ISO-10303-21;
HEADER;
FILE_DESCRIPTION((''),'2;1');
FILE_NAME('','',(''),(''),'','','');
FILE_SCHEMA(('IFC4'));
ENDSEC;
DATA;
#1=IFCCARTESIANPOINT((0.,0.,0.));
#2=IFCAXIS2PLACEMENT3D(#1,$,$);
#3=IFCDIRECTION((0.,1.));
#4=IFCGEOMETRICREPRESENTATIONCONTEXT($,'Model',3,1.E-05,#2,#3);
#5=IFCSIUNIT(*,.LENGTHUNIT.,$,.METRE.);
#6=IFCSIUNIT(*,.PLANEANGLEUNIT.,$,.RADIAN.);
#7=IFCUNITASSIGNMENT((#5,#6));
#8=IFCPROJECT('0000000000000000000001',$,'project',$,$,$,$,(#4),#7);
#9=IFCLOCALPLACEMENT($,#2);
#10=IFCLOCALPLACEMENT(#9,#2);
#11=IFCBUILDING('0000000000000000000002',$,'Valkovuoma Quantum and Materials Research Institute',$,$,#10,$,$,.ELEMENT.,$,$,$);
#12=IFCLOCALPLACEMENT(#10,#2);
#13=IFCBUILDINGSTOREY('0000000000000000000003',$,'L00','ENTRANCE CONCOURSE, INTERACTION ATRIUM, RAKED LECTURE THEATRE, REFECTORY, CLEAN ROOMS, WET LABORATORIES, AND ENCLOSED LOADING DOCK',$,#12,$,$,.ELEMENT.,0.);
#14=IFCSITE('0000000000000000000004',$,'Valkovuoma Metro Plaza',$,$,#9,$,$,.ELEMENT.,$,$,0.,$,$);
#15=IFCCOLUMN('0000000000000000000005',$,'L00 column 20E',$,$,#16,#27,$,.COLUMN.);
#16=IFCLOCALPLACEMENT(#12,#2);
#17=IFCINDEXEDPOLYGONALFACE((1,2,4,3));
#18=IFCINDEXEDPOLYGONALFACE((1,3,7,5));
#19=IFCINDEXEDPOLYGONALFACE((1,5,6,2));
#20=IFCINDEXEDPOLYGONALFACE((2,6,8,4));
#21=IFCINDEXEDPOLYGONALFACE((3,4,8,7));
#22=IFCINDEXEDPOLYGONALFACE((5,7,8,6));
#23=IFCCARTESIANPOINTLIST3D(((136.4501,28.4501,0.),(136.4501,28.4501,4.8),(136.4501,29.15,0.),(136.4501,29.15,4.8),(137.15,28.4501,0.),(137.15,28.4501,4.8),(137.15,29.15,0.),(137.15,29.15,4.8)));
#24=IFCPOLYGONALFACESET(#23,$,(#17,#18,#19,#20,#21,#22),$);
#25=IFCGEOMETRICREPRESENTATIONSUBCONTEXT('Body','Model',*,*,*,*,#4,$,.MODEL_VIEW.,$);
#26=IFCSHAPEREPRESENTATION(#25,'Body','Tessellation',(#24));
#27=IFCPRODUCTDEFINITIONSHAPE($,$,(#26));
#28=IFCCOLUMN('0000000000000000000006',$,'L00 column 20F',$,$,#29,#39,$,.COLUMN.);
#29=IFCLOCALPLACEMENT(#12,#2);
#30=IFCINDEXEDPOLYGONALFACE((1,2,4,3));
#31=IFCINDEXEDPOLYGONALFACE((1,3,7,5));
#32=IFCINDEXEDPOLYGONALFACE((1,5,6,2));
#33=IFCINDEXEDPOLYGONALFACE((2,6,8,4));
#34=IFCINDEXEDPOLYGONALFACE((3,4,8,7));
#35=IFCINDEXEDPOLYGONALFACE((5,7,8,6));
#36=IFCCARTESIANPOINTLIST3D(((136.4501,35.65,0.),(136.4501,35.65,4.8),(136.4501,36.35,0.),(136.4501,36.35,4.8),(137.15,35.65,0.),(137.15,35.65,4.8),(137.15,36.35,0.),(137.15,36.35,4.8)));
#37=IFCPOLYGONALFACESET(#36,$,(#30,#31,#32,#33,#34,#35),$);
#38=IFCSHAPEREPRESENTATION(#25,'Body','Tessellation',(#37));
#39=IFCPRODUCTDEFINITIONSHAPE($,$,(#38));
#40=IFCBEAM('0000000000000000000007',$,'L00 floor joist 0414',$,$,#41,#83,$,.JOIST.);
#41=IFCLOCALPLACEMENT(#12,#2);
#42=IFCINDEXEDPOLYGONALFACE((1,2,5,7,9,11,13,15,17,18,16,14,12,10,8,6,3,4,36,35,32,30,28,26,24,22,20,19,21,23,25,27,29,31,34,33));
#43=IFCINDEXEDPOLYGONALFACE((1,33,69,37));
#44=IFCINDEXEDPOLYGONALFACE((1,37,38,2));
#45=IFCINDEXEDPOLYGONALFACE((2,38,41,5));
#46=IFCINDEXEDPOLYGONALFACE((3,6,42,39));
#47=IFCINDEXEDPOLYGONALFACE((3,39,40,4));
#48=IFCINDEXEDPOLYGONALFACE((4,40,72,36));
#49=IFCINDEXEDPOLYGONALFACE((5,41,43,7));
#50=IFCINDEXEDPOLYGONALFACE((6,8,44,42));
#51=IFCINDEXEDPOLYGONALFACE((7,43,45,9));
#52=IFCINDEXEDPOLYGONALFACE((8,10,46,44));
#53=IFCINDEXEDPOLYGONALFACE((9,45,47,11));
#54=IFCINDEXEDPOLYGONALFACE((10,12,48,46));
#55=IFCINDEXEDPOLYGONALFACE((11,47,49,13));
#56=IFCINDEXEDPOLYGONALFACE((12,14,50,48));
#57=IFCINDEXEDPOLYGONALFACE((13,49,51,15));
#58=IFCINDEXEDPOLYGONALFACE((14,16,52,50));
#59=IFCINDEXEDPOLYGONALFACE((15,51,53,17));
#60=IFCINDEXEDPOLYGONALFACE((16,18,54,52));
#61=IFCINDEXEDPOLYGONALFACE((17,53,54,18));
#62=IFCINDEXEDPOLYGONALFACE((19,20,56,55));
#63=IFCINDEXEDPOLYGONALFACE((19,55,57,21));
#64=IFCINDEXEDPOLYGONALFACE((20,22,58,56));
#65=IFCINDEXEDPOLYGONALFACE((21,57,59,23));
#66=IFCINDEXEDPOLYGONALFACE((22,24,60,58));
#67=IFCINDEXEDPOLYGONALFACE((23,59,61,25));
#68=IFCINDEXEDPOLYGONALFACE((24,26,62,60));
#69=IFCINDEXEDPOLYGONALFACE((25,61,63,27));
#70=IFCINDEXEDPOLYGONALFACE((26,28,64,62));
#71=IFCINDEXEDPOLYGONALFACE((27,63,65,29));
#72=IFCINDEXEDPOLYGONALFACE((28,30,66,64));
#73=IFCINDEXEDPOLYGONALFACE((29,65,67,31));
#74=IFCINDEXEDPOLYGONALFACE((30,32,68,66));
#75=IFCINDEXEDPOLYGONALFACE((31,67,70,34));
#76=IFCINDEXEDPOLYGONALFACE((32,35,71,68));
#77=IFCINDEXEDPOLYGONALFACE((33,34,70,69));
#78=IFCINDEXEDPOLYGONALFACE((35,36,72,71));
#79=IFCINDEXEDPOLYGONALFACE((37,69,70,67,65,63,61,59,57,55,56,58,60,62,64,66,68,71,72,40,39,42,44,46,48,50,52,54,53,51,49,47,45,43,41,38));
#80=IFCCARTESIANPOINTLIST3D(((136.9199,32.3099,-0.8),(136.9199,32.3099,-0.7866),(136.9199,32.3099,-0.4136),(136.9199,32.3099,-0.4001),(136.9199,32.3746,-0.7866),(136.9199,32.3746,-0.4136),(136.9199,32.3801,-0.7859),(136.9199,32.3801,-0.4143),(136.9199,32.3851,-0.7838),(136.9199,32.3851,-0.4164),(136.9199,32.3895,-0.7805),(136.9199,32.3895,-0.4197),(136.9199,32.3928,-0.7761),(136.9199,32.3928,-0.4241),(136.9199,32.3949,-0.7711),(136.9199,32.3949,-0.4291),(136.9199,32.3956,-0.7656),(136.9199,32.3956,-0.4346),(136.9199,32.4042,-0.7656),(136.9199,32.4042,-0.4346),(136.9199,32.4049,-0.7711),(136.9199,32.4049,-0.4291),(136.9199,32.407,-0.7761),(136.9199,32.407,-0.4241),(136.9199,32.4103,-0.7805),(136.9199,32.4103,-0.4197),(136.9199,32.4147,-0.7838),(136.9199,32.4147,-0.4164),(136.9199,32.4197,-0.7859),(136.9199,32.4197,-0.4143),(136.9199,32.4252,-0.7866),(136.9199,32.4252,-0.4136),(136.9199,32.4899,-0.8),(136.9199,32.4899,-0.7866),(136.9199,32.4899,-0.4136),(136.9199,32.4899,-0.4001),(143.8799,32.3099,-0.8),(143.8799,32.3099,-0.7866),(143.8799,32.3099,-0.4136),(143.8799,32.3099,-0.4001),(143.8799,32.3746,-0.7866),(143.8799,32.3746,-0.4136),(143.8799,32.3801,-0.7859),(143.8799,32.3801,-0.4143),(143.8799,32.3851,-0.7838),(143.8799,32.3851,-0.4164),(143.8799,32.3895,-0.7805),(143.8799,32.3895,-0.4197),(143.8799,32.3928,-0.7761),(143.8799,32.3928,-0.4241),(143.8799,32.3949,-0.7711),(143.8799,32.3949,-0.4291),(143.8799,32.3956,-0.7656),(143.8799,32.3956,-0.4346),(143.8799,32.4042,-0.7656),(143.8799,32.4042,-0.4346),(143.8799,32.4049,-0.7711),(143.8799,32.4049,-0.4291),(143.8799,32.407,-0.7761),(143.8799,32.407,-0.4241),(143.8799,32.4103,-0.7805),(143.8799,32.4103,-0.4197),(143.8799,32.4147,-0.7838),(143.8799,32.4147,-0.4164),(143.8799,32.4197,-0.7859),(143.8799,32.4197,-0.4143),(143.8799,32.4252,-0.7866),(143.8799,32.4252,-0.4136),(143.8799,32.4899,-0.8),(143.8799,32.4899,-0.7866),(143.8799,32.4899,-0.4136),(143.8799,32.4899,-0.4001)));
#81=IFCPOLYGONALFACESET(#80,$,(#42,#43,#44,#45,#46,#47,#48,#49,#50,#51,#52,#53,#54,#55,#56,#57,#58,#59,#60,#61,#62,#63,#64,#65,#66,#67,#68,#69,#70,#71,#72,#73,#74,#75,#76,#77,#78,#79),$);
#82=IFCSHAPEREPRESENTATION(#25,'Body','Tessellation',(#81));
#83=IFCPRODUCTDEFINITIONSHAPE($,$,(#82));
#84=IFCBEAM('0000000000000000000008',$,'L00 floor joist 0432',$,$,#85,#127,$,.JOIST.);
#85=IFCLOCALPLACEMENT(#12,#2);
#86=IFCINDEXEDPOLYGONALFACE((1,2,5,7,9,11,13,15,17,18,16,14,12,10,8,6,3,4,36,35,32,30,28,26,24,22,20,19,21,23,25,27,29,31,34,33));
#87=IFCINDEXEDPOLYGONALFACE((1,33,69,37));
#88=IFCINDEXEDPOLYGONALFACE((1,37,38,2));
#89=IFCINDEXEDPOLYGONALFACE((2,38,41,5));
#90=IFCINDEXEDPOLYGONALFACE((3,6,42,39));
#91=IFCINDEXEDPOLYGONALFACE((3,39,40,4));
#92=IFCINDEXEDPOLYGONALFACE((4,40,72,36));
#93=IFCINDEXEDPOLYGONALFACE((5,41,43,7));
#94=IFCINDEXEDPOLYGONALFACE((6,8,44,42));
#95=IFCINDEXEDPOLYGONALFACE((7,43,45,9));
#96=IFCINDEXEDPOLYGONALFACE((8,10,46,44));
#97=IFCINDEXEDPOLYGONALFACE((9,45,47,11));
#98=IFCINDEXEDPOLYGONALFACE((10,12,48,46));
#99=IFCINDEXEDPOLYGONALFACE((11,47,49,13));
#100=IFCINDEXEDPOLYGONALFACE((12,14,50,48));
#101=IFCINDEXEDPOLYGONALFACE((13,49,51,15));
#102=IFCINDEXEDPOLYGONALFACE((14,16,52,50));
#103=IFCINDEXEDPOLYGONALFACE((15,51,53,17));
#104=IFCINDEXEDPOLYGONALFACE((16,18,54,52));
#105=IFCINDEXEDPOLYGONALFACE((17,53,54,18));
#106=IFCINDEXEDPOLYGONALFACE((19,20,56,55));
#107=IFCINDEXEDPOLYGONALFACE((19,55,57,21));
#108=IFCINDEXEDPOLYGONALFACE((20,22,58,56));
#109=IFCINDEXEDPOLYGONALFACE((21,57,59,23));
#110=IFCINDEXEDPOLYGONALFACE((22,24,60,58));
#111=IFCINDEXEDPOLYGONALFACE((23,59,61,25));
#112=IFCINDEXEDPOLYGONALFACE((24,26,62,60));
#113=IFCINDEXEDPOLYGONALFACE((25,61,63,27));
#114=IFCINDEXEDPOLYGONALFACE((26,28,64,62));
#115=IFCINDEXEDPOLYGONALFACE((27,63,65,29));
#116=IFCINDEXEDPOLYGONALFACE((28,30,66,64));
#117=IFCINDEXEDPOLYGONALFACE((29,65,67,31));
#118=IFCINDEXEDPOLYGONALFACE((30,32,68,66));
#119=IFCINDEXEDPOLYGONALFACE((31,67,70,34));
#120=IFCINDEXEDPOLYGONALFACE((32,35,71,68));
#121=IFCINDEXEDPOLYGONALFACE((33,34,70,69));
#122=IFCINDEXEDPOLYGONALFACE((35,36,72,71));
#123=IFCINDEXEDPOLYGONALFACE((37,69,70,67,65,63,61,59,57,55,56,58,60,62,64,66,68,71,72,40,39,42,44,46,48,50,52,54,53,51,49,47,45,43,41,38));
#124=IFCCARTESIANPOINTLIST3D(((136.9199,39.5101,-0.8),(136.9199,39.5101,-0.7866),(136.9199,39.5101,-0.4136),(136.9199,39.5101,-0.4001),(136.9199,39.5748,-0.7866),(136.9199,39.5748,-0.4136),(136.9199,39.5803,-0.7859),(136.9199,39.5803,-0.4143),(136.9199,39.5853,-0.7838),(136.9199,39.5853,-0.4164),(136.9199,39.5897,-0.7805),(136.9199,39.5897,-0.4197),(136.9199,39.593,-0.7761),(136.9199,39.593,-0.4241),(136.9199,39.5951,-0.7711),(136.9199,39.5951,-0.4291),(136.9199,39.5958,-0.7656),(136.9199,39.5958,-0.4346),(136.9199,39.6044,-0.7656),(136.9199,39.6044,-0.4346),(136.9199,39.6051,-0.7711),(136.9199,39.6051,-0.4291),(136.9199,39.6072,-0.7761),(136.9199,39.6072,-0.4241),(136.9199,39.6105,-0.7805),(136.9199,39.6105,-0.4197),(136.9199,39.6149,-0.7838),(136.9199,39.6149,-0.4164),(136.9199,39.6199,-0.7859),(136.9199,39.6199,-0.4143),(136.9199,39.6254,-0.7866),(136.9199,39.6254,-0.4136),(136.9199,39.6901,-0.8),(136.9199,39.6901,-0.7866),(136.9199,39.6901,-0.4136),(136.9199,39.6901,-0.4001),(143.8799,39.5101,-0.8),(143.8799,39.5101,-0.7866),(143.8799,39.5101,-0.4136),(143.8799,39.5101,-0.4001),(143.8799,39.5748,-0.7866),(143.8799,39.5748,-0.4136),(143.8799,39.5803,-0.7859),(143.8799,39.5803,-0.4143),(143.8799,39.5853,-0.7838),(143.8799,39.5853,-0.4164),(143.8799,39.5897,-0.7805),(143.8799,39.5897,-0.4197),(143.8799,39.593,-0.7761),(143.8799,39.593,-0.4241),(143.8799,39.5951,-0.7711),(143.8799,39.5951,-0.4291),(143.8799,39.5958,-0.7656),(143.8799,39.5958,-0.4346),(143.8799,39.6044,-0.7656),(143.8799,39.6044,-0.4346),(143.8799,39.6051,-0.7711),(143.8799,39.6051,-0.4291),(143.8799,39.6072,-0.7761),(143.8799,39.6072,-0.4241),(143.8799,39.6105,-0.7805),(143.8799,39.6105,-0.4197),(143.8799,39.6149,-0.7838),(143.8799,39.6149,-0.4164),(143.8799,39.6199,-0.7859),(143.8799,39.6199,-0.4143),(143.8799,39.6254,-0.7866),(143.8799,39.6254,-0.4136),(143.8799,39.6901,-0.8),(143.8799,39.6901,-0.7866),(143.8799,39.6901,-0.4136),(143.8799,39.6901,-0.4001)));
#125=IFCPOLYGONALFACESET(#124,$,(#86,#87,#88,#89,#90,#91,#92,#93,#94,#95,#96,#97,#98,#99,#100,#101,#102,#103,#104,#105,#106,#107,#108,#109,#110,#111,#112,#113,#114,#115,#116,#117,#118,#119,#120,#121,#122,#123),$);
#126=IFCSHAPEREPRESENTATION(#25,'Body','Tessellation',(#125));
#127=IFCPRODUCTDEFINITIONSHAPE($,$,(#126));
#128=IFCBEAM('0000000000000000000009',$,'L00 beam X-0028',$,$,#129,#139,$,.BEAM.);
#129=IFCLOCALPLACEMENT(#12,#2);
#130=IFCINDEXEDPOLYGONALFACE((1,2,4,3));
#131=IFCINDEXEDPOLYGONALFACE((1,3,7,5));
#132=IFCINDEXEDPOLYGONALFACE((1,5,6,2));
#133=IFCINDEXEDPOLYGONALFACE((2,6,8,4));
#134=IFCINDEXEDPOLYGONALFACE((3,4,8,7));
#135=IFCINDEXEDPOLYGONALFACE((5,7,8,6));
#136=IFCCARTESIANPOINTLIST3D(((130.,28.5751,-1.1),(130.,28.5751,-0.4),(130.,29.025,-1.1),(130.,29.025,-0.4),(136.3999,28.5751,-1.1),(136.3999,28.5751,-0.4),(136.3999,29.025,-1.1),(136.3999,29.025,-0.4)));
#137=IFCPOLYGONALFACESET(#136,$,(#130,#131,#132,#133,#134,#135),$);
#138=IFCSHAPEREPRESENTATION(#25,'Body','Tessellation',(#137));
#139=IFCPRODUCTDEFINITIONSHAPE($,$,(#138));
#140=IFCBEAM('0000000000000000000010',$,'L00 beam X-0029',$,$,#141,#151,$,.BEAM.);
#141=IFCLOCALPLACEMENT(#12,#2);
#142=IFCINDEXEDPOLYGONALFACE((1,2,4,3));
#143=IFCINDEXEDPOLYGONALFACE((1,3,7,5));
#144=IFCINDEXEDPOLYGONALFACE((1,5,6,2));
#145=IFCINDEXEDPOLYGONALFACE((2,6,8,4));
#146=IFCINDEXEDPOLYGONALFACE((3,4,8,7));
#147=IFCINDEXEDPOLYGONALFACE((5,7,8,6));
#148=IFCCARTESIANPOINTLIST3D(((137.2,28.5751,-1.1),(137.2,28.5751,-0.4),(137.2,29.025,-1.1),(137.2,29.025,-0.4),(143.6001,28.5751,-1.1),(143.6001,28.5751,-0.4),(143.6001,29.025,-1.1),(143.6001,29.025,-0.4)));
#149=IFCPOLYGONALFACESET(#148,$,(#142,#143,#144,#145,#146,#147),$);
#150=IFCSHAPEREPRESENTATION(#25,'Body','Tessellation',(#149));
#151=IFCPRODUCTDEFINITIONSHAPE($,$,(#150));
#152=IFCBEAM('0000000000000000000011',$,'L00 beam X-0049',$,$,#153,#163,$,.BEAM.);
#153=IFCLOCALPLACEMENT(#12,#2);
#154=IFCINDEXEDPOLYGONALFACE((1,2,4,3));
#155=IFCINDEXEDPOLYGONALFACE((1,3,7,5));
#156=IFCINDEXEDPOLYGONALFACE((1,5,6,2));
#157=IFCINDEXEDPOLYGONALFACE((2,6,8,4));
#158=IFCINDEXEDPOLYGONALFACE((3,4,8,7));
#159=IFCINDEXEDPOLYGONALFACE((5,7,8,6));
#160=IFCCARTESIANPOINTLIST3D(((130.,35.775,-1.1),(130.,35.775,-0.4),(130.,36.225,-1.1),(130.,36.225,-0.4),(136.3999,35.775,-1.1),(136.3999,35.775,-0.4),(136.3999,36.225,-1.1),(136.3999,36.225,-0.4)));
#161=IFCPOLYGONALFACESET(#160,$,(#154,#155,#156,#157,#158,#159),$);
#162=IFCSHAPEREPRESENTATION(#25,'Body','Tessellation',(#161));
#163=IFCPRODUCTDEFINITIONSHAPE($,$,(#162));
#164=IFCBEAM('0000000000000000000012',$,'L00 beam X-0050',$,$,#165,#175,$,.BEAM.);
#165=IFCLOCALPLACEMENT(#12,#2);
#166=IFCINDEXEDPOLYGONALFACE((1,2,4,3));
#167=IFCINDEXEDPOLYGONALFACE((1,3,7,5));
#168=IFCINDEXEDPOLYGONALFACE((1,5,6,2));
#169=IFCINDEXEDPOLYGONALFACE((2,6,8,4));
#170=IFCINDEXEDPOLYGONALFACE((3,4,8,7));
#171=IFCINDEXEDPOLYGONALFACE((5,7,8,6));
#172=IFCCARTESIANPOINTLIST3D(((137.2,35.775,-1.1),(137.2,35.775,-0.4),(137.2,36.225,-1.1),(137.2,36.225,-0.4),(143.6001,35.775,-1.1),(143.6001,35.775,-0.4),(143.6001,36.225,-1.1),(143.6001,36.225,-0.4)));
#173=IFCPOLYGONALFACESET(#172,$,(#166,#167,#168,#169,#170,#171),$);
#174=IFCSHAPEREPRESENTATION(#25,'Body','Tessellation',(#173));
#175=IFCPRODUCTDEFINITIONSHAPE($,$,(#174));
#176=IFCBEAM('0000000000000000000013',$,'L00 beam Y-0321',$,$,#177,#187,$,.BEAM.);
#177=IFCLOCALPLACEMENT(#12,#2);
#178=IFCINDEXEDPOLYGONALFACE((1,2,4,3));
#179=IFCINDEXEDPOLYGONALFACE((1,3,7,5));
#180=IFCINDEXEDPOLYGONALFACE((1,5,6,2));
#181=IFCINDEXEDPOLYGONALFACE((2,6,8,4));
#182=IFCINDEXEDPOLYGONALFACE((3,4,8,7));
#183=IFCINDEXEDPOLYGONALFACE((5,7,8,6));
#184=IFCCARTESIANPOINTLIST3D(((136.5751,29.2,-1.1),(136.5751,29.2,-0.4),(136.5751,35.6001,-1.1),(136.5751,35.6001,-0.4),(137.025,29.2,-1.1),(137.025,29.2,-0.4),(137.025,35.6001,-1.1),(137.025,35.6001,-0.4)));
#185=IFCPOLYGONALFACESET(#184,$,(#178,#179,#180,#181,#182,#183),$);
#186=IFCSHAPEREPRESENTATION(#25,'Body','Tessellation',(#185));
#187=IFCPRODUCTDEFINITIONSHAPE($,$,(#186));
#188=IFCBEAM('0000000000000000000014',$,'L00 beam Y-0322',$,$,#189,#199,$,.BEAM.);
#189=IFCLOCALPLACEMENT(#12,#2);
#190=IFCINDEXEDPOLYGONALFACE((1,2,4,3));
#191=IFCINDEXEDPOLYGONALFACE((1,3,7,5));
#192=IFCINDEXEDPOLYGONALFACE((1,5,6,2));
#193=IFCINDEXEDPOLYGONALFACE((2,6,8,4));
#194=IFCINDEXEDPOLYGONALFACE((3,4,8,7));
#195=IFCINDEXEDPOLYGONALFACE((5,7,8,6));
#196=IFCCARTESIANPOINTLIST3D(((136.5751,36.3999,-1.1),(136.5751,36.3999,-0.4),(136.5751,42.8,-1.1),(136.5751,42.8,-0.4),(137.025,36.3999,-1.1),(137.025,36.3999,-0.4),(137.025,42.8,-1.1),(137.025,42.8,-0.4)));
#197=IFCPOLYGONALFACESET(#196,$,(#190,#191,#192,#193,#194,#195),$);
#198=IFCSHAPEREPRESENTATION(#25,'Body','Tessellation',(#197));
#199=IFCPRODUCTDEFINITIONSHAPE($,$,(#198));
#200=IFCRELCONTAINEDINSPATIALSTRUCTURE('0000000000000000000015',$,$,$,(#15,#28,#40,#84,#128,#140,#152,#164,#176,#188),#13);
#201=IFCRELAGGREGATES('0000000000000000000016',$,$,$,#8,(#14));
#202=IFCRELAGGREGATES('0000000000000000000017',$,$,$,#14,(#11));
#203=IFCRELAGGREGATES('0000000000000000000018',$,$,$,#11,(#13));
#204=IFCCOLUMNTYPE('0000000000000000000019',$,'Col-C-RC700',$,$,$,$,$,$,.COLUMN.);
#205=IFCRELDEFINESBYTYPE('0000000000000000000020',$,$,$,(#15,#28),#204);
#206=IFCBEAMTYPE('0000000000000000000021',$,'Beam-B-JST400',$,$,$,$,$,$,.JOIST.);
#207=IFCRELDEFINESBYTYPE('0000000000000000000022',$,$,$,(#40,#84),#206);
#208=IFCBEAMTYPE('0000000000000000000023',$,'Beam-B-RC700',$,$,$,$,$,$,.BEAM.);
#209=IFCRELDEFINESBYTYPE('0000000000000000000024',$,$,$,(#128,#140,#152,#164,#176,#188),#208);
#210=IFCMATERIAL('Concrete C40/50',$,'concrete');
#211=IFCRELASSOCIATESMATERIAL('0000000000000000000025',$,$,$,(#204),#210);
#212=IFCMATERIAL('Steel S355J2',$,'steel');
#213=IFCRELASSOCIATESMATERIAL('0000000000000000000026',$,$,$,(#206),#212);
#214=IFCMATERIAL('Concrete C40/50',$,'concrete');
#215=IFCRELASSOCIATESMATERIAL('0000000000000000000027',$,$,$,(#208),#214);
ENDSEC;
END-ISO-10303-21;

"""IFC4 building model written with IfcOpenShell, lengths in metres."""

from ifc_helpers import new_model, si_unit, direction, frame, origin, origin_2d, place, context, subcontext, project, spatial, rectangle, i_section, extrude, material, material_profile, profile_set, type_object, element, save


model = new_model("IFC4")

# Units and contexts
model_context = context("Model", 3, precision=1e-05, world=origin(), true_north=direction((0.0, 1.0)))
body_context = subcontext(model_context, "Body", "Model", "MODEL_VIEW")
ifc_project = project(units=[si_unit("LENGTHUNIT", "METRE"), si_unit("PLANEANGLEUNIT", "RADIAN")], contexts=[model_context])

# Site, building, storey
site_placement = place(None, origin())
site = spatial("IfcSite", under=ifc_project, at=site_placement, Name="Valkovuoma Metro Plaza", CompositionType="ELEMENT", RefElevation=0.0)
building_placement = place(site_placement, origin())
building = spatial("IfcBuilding", under=site, at=building_placement, Name="Valkovuoma Quantum and Materials Research Institute", CompositionType="ELEMENT")
storey_placement = place(building_placement, origin())
storey = spatial("IfcBuildingStorey", under=building, at=storey_placement, Name="L00", Description="ENTRANCE CONCOURSE, INTERACTION ATRIUM, RAKED LECTURE THEATRE, REFECTORY, CLEAN ROOMS, WET LABORATORIES, AND ENCLOSED LOADING DOCK", CompositionType="ELEMENT", Elevation=0.0)

# Columns
ifc_material_1 = material(Name="Concrete C40/50", Category="concrete")
ifc_material_profile_1 = material_profile(ifc_material_1, rectangle(XDim=0.7, YDim=0.7, at=origin_2d()), Name="Concrete C40/50")
ifc_profile_set_1 = profile_set([ifc_material_profile_1], Name="Concrete C40/50")
column_type = type_object("IfcColumnType", Name="Col-C-RC700", PredefinedType="COLUMN", material=ifc_profile_set_1)
for number, where, z_axis, x_axis, name in (
    (1, (136.8, 28.8, 0.0), (0.0, 0.0, 1.0), (1.0, 0.0, 0.0), "L00 column 20E"),
    (2, (136.8, 36.0, 0.0), (0.0, 0.0, 1.0), (1.0, 0.0, 0.0), "L00 column 20F"),
):
    element("IfcColumn", number, at=place(storey_placement, frame(where, z_axis=z_axis, x_axis=x_axis)), inside=storey, type_object=column_type, Name=name, PredefinedType="COLUMN", context=body_context, shape_type="SweptSolid", body=[
        extrude(rectangle(XDim=0.7, YDim=0.7, at=origin_2d()), origin(), (0.0, 0.0, 1.0), 4.8),
    ])

# Beams
ifc_material_2 = material(Name="Steel S355J2", Category="steel")
ifc_material_profile_2 = material_profile(ifc_material_2, i_section(OverallWidth=0.1799, OverallDepth=0.3999, WebThickness=0.0085, FlangeThickness=0.0134, FilletRadius=0.021, at=origin_2d()), Name="Steel S355J2")
ifc_profile_set_2 = profile_set([ifc_material_profile_2], Name="Steel S355J2")
beam_type_1 = type_object("IfcBeamType", Name="Beam-B-JST400", PredefinedType="JOIST", material=ifc_profile_set_2)
for number, where, z_axis, x_axis, name in (
    (3, (136.9199, 32.3999, -0.6001), (1.0, 0.0, 0.0), (0.0, 1.0, 0.0), "L00 floor joist 0414"),
    (4, (136.9199, 39.6001, -0.6001), (1.0, 0.0, 0.0), (0.0, 1.0, 0.0), "L00 floor joist 0432"),
):
    element("IfcBeam", number, at=place(storey_placement, frame(where, z_axis=z_axis, x_axis=x_axis)), inside=storey, type_object=beam_type_1, Name=name, PredefinedType="JOIST", context=body_context, shape_type="SweptSolid", body=[
        extrude(i_section(OverallWidth=0.1799, OverallDepth=0.3999, WebThickness=0.0085, FlangeThickness=0.0134, FilletRadius=0.021, at=origin_2d()), origin(), (0.0, 0.0, 1.0), 6.96),
    ])
ifc_material_3 = material(Name="Concrete C40/50", Category="concrete")
ifc_material_profile_3 = material_profile(ifc_material_3, rectangle(XDim=0.45, YDim=0.7, at=origin_2d()), Name="Concrete C40/50")
ifc_profile_set_3 = profile_set([ifc_material_profile_3], Name="Concrete C40/50")
beam_type_2 = type_object("IfcBeamType", Name="Beam-B-RC700", PredefinedType="BEAM", material=ifc_profile_set_3)
beam_1_placement = place(storey_placement, frame((130.0, 28.8, -0.75), z_axis=(1.0, 0.0, 0.0), x_axis=(0.0, 1.0, 0.0)))
element("IfcBeam", 5, at=beam_1_placement, inside=storey, type_object=beam_type_2, Name="L00 beam X-0028", PredefinedType="BEAM", context=body_context, shape_type="SweptSolid", body=[
    extrude(rectangle(XDim=0.45, YDim=0.7, at=origin_2d()), origin(), (0.0, 0.0, 1.0), 6.3999),
])
beam_2_placement = place(storey_placement, frame((137.2, 28.8, -0.75), z_axis=(1.0, 0.0, 0.0), x_axis=(0.0, 1.0, 0.0)))
element("IfcBeam", 6, at=beam_2_placement, inside=storey, type_object=beam_type_2, Name="L00 beam X-0029", PredefinedType="BEAM", context=body_context, shape_type="SweptSolid", body=[
    extrude(rectangle(XDim=0.45, YDim=0.7, at=origin_2d()), origin(), (0.0, 0.0, 1.0), 6.4001),
])
beam_3_placement = place(storey_placement, frame((130.0, 36.0, -0.75), z_axis=(1.0, 0.0, 0.0), x_axis=(0.0, 1.0, 0.0)))
element("IfcBeam", 7, at=beam_3_placement, inside=storey, type_object=beam_type_2, Name="L00 beam X-0049", PredefinedType="BEAM", context=body_context, shape_type="SweptSolid", body=[
    extrude(rectangle(XDim=0.45, YDim=0.7, at=origin_2d()), origin(), (0.0, 0.0, 1.0), 6.3999),
])
for number, where, z_axis, x_axis, name in (
    (8, (137.2, 36.0, -0.75), (1.0, 0.0, 0.0), (0.0, 1.0, 0.0), "L00 beam X-0050"),
    (9, (136.8, 29.2, -0.75), (0.0, 1.0, 0.0), (-1.0, 0.0, 0.0), "L00 beam Y-0321"),
    (10, (136.8, 36.3999, -0.75), (0.0, 1.0, 0.0), (-1.0, 0.0, 0.0), "L00 beam Y-0322"),
):
    element("IfcBeam", number, at=place(storey_placement, frame(where, z_axis=z_axis, x_axis=x_axis)), inside=storey, type_object=beam_type_2, Name=name, PredefinedType="BEAM", context=body_context, shape_type="SweptSolid", body=[
        extrude(rectangle(XDim=0.45, YDim=0.7, at=origin_2d()), origin(), (0.0, 0.0, 1.0), 6.4001),
    ])

save(model, "model.ifc")
